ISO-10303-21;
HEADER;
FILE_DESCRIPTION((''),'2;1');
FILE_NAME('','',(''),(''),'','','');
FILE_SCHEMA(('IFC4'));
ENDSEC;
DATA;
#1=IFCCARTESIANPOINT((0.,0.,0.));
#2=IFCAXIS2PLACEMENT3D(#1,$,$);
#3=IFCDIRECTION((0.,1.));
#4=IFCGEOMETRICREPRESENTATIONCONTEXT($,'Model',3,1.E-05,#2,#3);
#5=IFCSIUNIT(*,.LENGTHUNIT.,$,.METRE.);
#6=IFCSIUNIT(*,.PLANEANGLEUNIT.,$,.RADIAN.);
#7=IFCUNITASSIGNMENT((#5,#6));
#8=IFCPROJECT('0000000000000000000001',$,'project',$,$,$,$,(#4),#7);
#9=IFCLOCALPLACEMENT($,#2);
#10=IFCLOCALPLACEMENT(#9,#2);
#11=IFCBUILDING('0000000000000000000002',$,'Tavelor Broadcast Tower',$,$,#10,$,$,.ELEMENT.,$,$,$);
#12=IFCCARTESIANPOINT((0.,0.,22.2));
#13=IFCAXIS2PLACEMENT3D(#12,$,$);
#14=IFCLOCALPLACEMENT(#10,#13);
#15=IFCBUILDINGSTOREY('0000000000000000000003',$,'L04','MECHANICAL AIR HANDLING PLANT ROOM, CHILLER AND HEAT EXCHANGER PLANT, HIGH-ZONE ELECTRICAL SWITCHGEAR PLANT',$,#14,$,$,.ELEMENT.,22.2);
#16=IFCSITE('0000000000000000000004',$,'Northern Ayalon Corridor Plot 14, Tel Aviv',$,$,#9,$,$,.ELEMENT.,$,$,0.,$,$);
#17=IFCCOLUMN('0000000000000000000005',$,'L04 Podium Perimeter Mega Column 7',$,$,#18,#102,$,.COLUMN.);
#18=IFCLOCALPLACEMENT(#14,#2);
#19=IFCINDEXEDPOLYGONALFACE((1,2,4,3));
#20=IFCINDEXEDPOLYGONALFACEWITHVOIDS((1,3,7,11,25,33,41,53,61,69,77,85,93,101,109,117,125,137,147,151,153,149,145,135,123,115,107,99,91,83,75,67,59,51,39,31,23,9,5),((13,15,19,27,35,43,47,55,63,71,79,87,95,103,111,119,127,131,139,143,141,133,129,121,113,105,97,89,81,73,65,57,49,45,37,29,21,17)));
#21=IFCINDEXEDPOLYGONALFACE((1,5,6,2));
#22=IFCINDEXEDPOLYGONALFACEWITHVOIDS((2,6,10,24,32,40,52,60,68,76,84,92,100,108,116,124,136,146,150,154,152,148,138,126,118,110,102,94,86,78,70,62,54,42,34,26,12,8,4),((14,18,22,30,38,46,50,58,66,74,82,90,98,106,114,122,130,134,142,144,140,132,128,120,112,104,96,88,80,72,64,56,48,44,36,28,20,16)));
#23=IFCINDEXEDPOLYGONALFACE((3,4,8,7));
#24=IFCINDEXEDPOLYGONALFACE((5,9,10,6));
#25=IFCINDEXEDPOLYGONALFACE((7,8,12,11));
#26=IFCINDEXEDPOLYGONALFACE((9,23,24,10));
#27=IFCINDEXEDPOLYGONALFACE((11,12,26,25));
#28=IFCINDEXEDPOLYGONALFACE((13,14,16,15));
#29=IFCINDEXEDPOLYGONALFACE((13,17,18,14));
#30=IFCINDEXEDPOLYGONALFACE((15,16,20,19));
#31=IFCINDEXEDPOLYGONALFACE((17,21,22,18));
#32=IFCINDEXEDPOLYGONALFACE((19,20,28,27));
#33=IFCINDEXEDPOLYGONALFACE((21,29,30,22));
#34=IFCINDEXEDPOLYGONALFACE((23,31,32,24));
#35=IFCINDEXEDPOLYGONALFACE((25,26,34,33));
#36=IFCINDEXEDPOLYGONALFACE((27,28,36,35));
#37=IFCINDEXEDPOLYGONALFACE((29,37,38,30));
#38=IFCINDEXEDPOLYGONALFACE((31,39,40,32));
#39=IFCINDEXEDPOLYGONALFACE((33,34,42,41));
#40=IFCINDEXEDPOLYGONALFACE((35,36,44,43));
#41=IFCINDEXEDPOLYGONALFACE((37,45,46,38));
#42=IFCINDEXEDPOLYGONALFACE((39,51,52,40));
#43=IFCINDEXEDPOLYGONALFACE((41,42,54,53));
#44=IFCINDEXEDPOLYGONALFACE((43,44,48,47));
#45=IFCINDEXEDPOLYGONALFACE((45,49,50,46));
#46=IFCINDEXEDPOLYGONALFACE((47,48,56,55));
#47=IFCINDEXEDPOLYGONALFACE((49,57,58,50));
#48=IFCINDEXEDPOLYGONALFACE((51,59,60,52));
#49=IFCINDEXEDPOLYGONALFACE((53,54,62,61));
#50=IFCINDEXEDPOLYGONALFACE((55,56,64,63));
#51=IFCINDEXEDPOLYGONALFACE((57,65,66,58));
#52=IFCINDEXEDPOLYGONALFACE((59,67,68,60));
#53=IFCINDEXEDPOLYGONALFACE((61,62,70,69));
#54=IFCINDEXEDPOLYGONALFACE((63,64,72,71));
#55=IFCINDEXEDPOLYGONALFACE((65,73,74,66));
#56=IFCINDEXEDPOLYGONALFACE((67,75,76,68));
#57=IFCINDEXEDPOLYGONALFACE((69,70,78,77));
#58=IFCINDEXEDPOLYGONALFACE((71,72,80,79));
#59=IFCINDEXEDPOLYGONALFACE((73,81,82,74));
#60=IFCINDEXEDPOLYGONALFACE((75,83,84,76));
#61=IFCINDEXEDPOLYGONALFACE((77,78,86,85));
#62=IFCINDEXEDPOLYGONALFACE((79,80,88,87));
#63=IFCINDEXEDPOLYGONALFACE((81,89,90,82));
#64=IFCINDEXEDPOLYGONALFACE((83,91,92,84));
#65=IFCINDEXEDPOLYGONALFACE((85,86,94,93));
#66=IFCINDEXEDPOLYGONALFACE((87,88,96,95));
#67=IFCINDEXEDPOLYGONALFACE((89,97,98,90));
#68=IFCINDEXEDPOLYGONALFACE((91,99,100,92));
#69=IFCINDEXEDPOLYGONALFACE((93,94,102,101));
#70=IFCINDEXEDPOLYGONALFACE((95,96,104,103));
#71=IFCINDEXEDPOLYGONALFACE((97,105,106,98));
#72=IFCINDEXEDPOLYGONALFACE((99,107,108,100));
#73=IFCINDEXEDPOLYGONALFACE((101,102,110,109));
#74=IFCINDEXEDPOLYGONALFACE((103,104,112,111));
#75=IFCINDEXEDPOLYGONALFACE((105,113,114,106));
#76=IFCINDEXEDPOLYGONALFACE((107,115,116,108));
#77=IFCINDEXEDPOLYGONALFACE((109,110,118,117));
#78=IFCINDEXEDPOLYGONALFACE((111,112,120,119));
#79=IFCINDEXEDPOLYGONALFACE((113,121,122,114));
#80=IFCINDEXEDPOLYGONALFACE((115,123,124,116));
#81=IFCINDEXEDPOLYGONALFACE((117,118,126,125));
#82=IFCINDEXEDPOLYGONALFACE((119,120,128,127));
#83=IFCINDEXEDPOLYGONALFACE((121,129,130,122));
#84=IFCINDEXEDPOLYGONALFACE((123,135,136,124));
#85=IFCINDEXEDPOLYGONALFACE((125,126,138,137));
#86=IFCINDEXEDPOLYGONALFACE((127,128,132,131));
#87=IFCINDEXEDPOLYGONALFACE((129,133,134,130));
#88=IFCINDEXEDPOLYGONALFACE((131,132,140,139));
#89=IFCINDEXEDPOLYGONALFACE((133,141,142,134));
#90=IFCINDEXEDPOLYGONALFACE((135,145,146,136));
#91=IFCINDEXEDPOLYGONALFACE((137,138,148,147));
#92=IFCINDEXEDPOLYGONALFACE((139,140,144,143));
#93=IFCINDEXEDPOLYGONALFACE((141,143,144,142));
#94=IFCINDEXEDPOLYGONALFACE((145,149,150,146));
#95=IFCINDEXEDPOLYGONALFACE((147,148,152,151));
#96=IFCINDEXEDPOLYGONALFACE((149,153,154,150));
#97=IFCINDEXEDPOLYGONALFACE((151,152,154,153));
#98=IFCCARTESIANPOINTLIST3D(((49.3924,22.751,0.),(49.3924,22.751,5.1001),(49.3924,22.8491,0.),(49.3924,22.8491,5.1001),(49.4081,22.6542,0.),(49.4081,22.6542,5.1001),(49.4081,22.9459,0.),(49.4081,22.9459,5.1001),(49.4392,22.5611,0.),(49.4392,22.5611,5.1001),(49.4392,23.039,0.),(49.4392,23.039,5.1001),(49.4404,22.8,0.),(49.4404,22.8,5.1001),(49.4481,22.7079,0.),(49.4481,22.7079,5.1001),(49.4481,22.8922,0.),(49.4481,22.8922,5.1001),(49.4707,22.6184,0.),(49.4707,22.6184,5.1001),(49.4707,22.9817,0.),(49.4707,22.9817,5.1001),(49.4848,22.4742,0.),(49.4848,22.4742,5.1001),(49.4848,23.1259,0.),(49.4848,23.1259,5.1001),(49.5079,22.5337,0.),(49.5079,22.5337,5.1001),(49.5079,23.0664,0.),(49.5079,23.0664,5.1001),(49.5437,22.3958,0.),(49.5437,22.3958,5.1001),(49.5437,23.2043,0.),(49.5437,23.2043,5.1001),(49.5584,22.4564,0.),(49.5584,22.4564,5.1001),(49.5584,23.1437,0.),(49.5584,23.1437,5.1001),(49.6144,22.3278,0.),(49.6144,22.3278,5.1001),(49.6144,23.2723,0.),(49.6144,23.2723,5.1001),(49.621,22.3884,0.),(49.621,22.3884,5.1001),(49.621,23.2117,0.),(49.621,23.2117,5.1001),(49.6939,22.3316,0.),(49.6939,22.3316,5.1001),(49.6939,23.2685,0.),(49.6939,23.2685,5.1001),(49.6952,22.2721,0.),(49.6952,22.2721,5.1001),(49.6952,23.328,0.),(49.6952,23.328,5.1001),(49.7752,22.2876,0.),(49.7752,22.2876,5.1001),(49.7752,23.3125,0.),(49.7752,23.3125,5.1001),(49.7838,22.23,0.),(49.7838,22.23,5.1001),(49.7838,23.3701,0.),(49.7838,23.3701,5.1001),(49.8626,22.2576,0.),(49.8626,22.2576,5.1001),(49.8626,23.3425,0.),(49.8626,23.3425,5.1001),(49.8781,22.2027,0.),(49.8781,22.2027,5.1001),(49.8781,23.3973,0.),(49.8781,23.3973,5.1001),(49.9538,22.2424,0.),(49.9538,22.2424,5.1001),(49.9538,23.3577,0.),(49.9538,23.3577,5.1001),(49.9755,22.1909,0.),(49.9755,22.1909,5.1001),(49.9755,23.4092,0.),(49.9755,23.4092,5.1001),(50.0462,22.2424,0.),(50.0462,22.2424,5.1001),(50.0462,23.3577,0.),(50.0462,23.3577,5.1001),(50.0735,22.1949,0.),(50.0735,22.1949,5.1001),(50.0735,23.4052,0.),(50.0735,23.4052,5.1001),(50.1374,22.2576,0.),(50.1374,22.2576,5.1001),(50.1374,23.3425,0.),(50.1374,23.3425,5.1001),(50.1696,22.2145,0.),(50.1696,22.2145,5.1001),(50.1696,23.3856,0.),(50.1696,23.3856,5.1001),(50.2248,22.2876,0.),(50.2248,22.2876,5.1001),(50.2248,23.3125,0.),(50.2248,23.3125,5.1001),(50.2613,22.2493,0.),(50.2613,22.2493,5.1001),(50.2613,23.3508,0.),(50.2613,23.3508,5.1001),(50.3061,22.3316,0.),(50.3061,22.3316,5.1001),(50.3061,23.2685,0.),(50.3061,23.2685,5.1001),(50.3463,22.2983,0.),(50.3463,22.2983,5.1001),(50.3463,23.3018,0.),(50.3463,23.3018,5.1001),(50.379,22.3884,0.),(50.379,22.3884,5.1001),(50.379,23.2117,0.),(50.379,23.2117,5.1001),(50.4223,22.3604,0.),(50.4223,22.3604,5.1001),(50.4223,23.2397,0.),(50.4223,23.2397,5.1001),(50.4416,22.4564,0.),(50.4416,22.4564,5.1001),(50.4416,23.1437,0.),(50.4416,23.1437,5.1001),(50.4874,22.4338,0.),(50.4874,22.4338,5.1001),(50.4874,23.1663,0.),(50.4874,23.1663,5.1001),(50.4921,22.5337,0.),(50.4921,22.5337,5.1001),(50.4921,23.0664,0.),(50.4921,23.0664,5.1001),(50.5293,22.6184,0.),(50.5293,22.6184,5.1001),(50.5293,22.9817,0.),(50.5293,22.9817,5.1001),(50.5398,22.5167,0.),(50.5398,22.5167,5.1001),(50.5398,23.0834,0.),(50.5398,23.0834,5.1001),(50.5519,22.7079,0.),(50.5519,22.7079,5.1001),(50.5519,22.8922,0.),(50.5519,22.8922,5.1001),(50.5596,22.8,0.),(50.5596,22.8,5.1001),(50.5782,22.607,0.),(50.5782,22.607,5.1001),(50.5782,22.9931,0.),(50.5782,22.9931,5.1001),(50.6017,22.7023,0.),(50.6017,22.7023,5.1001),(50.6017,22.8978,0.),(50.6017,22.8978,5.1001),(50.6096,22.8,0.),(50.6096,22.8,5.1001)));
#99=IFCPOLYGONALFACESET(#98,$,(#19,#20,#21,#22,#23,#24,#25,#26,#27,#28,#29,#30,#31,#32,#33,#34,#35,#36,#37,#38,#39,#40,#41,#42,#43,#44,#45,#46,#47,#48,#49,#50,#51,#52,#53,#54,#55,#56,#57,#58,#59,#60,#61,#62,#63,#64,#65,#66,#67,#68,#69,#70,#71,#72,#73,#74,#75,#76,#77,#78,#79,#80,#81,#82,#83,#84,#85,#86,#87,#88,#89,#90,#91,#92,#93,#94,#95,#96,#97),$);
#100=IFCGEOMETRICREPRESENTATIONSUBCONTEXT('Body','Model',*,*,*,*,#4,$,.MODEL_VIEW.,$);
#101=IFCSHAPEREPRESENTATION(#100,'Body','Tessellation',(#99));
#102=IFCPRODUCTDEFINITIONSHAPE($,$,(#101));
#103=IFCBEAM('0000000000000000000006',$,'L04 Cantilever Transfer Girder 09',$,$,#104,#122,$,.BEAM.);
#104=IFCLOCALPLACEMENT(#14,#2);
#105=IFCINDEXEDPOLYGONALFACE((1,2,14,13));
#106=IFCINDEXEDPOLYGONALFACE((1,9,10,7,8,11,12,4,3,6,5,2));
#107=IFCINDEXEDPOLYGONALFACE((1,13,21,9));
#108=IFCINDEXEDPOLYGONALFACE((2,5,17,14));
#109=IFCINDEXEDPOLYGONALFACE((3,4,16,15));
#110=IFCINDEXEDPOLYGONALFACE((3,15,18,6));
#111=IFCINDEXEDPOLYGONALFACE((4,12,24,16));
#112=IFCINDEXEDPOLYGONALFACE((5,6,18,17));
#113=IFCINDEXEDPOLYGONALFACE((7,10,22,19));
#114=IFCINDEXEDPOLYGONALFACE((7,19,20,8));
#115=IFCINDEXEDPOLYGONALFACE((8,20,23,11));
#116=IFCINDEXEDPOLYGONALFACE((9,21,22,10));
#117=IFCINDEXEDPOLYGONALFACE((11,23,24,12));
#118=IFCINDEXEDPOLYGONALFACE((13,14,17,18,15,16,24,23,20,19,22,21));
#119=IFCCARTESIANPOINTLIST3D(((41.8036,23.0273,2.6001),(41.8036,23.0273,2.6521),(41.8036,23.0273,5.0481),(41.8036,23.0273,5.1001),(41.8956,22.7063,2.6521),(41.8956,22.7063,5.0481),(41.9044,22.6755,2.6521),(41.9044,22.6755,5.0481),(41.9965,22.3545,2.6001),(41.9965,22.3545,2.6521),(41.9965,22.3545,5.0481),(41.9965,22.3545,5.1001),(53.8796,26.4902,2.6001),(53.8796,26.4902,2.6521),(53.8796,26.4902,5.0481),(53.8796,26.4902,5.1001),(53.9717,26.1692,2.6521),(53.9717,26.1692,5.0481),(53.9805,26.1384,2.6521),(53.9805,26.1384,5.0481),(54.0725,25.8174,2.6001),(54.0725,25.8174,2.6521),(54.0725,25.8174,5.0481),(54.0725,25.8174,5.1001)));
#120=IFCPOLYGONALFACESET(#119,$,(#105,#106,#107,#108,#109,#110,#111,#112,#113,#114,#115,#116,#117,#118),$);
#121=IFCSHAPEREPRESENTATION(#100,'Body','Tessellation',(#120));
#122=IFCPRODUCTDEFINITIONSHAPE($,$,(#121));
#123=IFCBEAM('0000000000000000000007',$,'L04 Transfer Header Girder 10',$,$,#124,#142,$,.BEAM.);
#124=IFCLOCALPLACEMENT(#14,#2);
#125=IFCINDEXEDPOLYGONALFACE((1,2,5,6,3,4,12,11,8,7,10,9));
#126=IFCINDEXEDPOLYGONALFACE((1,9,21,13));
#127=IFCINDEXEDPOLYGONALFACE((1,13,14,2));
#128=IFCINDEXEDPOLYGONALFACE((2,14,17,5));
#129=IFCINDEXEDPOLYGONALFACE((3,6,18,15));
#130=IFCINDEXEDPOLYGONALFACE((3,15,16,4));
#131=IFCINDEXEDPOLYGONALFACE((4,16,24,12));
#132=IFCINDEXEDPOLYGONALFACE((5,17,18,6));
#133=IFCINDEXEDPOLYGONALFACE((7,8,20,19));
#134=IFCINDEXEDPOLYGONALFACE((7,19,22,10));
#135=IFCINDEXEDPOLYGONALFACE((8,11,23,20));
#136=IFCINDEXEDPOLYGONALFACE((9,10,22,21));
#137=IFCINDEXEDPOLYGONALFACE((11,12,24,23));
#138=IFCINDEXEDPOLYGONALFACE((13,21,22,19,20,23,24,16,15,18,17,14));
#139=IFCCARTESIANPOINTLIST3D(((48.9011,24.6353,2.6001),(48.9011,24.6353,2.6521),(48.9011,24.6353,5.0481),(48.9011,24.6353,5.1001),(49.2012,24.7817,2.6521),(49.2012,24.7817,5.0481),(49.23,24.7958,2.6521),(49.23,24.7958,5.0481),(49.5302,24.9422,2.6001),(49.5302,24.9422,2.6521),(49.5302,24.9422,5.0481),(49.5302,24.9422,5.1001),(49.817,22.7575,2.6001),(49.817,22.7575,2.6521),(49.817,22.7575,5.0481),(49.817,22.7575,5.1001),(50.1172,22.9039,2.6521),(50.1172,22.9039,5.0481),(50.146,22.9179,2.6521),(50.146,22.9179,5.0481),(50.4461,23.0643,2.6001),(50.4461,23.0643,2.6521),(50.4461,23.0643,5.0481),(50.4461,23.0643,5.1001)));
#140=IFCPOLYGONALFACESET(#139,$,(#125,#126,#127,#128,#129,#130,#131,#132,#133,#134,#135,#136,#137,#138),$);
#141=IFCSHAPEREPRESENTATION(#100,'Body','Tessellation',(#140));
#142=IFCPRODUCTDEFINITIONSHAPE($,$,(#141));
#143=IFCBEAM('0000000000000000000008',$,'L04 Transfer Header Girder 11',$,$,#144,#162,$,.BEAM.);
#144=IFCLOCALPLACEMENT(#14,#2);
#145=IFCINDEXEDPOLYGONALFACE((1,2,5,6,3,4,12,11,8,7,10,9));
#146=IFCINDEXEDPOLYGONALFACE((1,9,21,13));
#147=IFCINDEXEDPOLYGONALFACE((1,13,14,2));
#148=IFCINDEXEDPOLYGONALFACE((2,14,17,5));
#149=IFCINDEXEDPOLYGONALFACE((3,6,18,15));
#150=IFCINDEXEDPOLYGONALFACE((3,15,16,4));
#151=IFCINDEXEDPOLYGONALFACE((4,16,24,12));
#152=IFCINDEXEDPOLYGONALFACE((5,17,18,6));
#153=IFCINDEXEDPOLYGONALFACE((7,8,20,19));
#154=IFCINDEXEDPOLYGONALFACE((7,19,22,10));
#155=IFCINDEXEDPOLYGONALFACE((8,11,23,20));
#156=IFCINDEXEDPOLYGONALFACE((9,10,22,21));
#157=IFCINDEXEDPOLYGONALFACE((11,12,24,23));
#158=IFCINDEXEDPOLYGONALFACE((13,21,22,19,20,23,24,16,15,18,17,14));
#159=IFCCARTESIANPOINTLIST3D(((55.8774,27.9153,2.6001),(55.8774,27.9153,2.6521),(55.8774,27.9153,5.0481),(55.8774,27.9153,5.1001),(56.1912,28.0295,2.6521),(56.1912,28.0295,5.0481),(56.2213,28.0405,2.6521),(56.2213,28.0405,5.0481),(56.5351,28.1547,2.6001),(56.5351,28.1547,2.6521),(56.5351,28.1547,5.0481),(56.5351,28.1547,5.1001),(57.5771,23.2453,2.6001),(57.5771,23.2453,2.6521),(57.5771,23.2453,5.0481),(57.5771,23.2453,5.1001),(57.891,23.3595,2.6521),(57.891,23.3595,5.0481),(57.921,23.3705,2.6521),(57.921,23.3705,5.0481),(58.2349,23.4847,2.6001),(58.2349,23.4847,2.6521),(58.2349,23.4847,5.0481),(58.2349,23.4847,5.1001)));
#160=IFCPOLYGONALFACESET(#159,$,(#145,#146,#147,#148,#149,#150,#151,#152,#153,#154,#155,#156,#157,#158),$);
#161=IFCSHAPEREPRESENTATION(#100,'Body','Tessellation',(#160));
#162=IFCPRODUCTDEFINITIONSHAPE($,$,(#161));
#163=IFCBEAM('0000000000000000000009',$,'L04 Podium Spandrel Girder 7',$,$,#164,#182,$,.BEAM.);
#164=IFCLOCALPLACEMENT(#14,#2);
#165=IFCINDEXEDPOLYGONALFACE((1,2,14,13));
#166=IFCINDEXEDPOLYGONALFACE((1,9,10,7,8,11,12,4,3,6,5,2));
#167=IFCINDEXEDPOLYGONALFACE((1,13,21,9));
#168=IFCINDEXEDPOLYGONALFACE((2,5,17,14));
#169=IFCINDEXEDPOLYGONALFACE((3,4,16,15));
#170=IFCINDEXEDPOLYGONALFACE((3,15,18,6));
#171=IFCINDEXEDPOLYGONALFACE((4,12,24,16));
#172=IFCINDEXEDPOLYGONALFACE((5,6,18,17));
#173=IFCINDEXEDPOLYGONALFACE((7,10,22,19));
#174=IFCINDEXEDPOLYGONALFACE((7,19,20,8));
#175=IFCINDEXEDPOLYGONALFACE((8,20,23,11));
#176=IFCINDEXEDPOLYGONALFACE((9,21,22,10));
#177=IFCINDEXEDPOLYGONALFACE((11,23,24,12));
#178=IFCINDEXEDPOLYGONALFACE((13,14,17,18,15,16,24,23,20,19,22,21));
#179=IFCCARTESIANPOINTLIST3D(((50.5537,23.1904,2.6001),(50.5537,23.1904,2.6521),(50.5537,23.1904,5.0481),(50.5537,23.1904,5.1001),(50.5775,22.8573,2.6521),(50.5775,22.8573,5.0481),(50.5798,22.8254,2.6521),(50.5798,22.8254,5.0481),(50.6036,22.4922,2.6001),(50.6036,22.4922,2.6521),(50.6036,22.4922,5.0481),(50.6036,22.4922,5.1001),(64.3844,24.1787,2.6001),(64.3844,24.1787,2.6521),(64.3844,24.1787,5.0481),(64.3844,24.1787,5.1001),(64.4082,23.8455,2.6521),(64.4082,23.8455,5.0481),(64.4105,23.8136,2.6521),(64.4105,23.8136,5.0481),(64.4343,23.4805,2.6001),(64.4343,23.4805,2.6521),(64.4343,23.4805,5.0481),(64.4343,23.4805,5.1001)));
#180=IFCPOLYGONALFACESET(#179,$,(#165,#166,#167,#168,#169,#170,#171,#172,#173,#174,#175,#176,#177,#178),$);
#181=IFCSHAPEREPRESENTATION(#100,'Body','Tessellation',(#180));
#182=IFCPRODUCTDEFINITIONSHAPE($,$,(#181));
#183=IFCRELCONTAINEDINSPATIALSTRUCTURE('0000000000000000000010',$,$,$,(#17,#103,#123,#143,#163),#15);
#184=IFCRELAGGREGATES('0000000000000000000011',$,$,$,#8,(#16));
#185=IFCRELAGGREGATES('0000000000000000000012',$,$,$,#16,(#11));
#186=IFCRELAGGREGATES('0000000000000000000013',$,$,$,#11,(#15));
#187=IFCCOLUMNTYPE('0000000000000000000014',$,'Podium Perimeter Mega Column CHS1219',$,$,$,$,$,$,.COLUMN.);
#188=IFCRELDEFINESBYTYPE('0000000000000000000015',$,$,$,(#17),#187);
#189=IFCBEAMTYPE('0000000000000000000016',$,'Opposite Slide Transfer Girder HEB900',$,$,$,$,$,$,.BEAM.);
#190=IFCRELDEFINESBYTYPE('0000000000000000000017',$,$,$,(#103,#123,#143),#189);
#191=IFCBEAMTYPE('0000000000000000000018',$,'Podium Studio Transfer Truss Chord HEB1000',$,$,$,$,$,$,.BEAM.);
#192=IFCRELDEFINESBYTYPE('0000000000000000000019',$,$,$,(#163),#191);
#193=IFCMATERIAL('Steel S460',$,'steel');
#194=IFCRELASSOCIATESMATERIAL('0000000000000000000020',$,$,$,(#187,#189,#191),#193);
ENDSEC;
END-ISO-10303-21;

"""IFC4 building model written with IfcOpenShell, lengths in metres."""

from ifc_helpers import new_model, si_unit, direction, frame, origin, origin_2d, place, context, subcontext, project, spatial, hollow_circle, i_section, extrude, material, material_profile, profile_set, type_object, element, save


model = new_model("IFC4")

# Units and contexts
model_context = context("Model", 3, precision=1e-05, world=origin(), true_north=direction((0.0, 1.0)))
body_context = subcontext(model_context, "Body", "Model", "MODEL_VIEW")
ifc_project = project(units=[si_unit("LENGTHUNIT", "METRE"), si_unit("PLANEANGLEUNIT", "RADIAN")], contexts=[model_context])

# Site, building, storey
site_placement = place(None, origin())
site = spatial("IfcSite", under=ifc_project, at=site_placement, Name="Northern Ayalon Corridor Plot 14, Tel Aviv", CompositionType="ELEMENT", RefElevation=0.0)
building_placement = place(site_placement, origin())
building = spatial("IfcBuilding", under=site, at=building_placement, Name="Tavelor Broadcast Tower", CompositionType="ELEMENT")
storey_placement = place(building_placement, frame((0.0, 0.0, 22.2)))
storey = spatial("IfcBuildingStorey", under=building, at=storey_placement, Name="L04", Description="MECHANICAL AIR HANDLING PLANT ROOM, CHILLER AND HEAT EXCHANGER PLANT, HIGH-ZONE ELECTRICAL SWITCHGEAR PLANT", CompositionType="ELEMENT", Elevation=22.2)

# Column
ifc_material_1 = material(Name="Steel S460", Category="steel")
ifc_material_profile_1 = material_profile(ifc_material_1, hollow_circle(Radius=0.6096, WallThickness=0.05, at=origin_2d()), Name="CHS 1219x50")
ifc_profile_set_1 = profile_set([ifc_material_profile_1], Name="Steel S460")
column_type = type_object("IfcColumnType", Name="Podium Perimeter Mega Column CHS1219", PredefinedType="COLUMN", material=ifc_profile_set_1)
column_placement = place(storey_placement, frame((50.0, 22.8, 0.0), z_axis=(0.0, 0.0, 1.0), x_axis=(1.0, 0.0, 0.0)))
element("IfcColumn", 1, at=column_placement, inside=storey, type_object=column_type, Name="L04 Podium Perimeter Mega Column 7", PredefinedType="COLUMN", context=body_context, shape_type="SweptSolid", body=[
    extrude(hollow_circle(Radius=0.6096, WallThickness=0.05, at=origin_2d()), origin(), (0.0, 0.0, 1.0), 5.1001),
])

# Beams
ifc_material_profile_2 = material_profile(ifc_material_1, i_section(OverallWidth=0.7, OverallDepth=2.5, WebThickness=0.032, FlangeThickness=0.052, at=origin_2d()), Name="PG 2500x700")
ifc_profile_set_2 = profile_set([ifc_material_profile_2], Name="Steel S460")
beam_type_1 = type_object("IfcBeamType", Name="Opposite Slide Transfer Girder HEB900", PredefinedType="BEAM", material=ifc_profile_set_2)
beam_1_placement = place(storey_placement, frame((53.9761, 26.1538, 3.8501), z_axis=(-0.961258, -0.27565, 0.0), x_axis=(0.27565, -0.961258, 0.0)))
element("IfcBeam", 2, at=beam_1_placement, inside=storey, type_object=beam_type_1, Name="L04 Cantilever Transfer Girder 09", PredefinedType="BEAM", context=body_context, shape_type="SweptSolid", body=[
    extrude(i_section(OverallWidth=0.7, OverallDepth=2.5, WebThickness=0.032, FlangeThickness=0.052, at=origin_2d()), origin(), (0.0, 0.0, 1.0), 12.5627),
])
beam_2_placement = place(storey_placement, frame((50.1316, 22.9109, 3.8501), z_axis=(-0.438405, 0.898777, 0.0), x_axis=(-0.898777, -0.438405, 0.0)))
element("IfcBeam", 3, at=beam_2_placement, inside=storey, type_object=beam_type_1, Name="L04 Transfer Header Girder 10", PredefinedType="BEAM", context=body_context, shape_type="SweptSolid", body=[
    extrude(i_section(OverallWidth=0.7, OverallDepth=2.5, WebThickness=0.032, FlangeThickness=0.052, at=origin_2d()), origin(), (0.0, 0.0, 1.0), 2.0894),
])
beam_3_placement = place(storey_placement, frame((57.906, 23.365, 3.8501), z_axis=(-0.342019, 0.939693, 0.0), x_axis=(-0.939693, -0.342019, 0.0)))
element("IfcBeam", 4, at=beam_3_placement, inside=storey, type_object=beam_type_1, Name="L04 Transfer Header Girder 11", PredefinedType="BEAM", context=body_context, shape_type="SweptSolid", body=[
    extrude(i_section(OverallWidth=0.7, OverallDepth=2.5, WebThickness=0.032, FlangeThickness=0.052, at=origin_2d()), origin(), (0.0, 0.0, 1.0), 4.9697),
])
ifc_material_profile_3 = material_profile(ifc_material_1, i_section(OverallWidth=0.7, OverallDepth=2.5, WebThickness=0.032, FlangeThickness=0.052, at=origin_2d()), Name="PG 2500x700")
ifc_profile_set_3 = profile_set([ifc_material_profile_3], Name="Steel S460")
beam_type_2 = type_object("IfcBeamType", Name="Podium Studio Transfer Truss Chord HEB1000", PredefinedType="BEAM", material=ifc_profile_set_3)
beam_4_placement = place(storey_placement, frame((50.5786, 22.8413, 3.8501), z_axis=(0.997457, 0.071273, 0.0), x_axis=(-0.071273, 0.997457, 0.0)))
element("IfcBeam", 5, at=beam_4_placement, inside=storey, type_object=beam_type_2, Name="L04 Podium Spandrel Girder 7", PredefinedType="BEAM", context=body_context, shape_type="SweptSolid", body=[
    extrude(i_section(OverallWidth=0.7, OverallDepth=2.5, WebThickness=0.032, FlangeThickness=0.052, at=origin_2d()), origin(), (0.0, 0.0, 1.0), 13.866),
])

save(model, "model.ifc")
